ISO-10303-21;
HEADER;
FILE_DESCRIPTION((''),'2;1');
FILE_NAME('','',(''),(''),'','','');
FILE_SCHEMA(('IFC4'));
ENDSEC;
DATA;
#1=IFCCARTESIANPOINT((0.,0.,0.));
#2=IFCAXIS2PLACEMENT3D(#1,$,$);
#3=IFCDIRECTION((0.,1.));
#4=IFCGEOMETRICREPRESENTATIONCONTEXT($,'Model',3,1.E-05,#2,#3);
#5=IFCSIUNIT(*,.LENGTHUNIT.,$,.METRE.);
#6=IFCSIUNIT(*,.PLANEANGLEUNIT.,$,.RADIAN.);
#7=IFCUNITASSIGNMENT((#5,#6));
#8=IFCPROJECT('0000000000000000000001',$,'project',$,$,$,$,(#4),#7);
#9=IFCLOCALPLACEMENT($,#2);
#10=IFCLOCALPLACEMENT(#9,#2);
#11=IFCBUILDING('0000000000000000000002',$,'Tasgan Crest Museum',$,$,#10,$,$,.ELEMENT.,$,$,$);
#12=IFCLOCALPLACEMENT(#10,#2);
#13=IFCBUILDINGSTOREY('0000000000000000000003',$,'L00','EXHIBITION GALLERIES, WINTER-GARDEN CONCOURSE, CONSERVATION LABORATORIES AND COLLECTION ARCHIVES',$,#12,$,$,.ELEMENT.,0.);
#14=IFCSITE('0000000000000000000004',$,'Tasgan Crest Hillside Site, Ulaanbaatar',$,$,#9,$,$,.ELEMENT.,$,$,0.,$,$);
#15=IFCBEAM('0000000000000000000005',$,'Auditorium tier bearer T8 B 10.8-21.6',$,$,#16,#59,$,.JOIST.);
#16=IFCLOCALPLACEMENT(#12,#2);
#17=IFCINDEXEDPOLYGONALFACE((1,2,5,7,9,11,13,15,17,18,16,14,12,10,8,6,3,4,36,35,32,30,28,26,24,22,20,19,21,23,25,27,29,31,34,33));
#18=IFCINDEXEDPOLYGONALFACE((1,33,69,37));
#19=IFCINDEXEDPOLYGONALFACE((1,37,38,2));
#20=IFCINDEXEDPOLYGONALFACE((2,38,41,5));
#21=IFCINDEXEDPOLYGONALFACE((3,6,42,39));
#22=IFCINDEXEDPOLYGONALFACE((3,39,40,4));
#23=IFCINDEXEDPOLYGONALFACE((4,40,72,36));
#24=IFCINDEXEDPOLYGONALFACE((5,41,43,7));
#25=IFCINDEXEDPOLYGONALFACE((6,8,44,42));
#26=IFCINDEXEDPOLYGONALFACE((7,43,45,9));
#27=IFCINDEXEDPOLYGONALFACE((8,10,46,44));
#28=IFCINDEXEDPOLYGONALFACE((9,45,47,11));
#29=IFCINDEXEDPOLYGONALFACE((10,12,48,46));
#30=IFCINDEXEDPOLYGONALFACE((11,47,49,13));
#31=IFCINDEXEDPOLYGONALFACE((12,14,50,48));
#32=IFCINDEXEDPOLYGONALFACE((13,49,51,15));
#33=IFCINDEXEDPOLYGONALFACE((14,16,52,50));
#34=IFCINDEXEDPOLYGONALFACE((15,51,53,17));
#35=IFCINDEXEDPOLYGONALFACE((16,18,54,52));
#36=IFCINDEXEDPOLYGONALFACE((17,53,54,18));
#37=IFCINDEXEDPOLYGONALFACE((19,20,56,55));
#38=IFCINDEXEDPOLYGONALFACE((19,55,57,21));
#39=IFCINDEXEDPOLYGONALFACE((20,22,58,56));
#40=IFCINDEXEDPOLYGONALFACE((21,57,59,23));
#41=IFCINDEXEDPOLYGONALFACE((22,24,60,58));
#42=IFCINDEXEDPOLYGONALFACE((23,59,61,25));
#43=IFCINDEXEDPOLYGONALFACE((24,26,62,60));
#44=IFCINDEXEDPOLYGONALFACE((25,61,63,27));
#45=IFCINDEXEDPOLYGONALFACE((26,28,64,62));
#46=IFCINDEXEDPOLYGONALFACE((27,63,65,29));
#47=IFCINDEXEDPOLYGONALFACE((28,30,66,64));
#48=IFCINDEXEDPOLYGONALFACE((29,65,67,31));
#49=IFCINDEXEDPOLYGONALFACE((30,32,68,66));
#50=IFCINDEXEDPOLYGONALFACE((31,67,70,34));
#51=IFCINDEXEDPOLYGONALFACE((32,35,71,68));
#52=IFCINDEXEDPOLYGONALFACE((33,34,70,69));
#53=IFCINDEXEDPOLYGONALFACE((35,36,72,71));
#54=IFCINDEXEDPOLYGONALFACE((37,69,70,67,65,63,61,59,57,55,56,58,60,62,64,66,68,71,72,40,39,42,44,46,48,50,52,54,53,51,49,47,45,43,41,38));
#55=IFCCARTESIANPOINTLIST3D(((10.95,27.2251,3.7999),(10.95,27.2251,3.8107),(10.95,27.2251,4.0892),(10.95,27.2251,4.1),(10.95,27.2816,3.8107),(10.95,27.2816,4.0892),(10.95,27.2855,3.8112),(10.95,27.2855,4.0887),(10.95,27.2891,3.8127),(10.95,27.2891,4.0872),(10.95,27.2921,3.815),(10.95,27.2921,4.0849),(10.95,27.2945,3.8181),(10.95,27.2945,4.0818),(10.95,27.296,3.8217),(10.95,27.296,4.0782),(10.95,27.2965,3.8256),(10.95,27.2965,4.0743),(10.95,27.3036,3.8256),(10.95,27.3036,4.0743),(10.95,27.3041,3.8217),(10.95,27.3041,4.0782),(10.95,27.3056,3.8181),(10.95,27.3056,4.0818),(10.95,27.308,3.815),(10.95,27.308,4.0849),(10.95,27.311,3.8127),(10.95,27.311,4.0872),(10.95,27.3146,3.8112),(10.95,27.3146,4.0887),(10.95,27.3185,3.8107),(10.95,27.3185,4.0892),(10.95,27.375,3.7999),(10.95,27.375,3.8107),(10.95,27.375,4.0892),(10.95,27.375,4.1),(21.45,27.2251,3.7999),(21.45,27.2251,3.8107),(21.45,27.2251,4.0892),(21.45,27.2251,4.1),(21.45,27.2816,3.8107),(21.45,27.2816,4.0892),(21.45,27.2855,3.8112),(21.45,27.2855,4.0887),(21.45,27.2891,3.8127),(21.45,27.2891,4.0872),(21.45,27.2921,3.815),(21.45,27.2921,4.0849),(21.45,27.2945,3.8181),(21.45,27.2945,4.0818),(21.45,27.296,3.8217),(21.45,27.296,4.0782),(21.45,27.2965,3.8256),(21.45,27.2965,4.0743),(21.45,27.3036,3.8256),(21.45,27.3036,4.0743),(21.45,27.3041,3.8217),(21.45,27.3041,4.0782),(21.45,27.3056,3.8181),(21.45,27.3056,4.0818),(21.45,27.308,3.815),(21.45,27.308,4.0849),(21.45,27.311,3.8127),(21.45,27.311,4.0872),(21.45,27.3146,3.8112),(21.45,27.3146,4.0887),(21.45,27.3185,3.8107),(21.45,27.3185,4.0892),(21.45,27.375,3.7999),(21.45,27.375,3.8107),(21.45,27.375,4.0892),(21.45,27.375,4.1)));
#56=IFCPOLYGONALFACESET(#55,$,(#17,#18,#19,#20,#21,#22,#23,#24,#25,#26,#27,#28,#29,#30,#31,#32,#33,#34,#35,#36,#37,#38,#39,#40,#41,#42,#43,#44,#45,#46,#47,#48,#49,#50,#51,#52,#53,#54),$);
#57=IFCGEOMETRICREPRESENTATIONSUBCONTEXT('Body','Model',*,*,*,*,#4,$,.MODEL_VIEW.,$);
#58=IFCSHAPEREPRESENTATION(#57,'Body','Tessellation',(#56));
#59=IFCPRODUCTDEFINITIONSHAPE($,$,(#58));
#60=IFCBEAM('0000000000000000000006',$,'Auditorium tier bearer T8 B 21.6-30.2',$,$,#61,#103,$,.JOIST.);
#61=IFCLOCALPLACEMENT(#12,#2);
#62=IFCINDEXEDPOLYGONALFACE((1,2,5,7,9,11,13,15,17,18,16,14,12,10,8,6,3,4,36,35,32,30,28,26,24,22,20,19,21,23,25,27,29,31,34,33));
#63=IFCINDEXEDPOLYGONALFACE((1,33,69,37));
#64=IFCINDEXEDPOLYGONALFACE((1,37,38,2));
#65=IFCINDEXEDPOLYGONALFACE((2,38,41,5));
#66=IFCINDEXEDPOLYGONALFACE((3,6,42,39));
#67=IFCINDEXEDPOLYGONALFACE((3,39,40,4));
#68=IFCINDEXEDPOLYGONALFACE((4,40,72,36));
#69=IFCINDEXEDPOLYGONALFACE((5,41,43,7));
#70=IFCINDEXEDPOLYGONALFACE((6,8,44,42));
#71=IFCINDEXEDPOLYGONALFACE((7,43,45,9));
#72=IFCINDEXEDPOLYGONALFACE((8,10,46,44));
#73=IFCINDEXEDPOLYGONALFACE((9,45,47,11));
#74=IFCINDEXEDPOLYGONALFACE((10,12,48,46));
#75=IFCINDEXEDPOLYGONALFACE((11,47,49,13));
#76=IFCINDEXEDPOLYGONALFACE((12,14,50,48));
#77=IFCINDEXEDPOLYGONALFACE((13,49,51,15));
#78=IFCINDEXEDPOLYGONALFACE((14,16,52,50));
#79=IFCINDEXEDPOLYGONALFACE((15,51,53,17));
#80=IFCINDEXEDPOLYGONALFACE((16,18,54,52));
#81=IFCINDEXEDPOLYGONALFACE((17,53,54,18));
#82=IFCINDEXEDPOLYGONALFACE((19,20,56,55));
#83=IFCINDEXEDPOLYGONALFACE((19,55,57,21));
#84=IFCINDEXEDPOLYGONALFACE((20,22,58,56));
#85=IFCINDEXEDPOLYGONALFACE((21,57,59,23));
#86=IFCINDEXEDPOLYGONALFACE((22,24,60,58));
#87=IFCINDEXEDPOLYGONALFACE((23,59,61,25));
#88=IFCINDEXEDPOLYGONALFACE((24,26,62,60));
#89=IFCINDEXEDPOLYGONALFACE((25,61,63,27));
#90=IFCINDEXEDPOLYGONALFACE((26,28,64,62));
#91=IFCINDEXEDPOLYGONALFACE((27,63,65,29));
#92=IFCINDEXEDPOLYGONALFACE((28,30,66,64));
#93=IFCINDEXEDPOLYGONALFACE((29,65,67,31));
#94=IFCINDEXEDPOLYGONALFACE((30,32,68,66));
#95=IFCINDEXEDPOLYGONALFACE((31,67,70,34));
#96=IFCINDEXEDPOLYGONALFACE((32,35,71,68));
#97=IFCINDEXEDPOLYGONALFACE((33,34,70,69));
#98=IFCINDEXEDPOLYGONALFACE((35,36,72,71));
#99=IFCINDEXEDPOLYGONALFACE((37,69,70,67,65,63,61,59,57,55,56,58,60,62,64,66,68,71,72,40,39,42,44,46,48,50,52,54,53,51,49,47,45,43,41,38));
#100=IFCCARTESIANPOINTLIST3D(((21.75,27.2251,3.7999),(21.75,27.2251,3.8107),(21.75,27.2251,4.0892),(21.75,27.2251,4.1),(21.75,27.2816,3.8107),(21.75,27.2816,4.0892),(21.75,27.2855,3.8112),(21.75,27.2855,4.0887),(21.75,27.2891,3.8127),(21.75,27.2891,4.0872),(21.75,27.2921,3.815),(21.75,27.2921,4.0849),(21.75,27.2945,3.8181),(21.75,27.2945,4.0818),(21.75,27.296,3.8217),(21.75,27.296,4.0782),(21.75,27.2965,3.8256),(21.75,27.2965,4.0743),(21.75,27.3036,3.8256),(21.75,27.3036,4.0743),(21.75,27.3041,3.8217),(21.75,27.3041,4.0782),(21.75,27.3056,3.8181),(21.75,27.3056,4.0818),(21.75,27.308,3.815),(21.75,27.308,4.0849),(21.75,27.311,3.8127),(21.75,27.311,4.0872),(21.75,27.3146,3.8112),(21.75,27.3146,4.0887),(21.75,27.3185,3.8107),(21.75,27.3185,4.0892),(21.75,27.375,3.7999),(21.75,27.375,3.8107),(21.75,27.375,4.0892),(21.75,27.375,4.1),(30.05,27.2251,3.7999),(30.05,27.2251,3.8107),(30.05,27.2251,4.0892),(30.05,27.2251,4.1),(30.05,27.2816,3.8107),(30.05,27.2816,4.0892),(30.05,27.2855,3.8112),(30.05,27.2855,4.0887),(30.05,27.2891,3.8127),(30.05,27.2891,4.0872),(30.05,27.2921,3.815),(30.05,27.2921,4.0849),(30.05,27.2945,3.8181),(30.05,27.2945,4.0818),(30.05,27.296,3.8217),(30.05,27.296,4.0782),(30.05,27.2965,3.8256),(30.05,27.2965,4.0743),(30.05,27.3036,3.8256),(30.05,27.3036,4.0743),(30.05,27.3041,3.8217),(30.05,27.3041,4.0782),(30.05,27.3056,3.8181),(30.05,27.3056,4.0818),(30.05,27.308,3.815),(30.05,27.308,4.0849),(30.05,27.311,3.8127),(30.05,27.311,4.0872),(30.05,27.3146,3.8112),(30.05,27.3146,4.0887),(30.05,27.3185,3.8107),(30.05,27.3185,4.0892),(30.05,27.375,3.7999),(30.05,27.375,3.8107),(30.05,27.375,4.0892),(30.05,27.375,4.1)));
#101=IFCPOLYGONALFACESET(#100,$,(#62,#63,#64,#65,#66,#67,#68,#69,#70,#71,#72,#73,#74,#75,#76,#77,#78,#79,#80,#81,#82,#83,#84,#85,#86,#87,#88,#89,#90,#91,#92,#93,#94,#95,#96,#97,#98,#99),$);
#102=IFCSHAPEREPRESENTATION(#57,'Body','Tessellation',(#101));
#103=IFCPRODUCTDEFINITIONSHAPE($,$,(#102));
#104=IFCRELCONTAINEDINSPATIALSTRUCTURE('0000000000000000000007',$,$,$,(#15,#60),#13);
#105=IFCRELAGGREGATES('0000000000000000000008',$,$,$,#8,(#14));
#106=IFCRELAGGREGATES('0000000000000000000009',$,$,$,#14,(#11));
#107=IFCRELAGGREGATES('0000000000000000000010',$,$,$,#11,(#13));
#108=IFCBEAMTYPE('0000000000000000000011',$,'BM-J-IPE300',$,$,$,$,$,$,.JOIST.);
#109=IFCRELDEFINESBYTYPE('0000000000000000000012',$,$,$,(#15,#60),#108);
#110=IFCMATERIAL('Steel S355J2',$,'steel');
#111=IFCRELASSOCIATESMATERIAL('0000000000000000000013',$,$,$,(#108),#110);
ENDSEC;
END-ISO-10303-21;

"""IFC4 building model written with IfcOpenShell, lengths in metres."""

from ifc_helpers import new_model, si_unit, direction, frame, origin, origin_2d, place, context, subcontext, project, spatial, i_section, extrude, material, material_profile, profile_set, type_object, element, save


model = new_model("IFC4")

# Units and contexts
model_context = context("Model", 3, precision=1e-05, world=origin(), true_north=direction((0.0, 1.0)))
body_context = subcontext(model_context, "Body", "Model", "MODEL_VIEW")
ifc_project = project(units=[si_unit("LENGTHUNIT", "METRE"), si_unit("PLANEANGLEUNIT", "RADIAN")], contexts=[model_context])

# Site, building, storey
site_placement = place(None, origin())
site = spatial("IfcSite", under=ifc_project, at=site_placement, Name="Tasgan Crest Hillside Site, Ulaanbaatar", CompositionType="ELEMENT", RefElevation=0.0)
building_placement = place(site_placement, origin())
building = spatial("IfcBuilding", under=site, at=building_placement, Name="Tasgan Crest Museum", CompositionType="ELEMENT")
storey_placement = place(building_placement, origin())
storey = spatial("IfcBuildingStorey", under=building, at=storey_placement, Name="L00", Description="EXHIBITION GALLERIES, WINTER-GARDEN CONCOURSE, CONSERVATION LABORATORIES AND COLLECTION ARCHIVES", CompositionType="ELEMENT", Elevation=0.0)

# Beams
ifc_material_1 = material(Name="Steel S355J2", Category="steel")
ifc_material_profile_1 = material_profile(ifc_material_1, i_section(OverallWidth=0.1499, OverallDepth=0.3, WebThickness=0.0071, FlangeThickness=0.0107, FilletRadius=0.0149, at=origin_2d()), Name="IPE 300")
ifc_profile_set_1 = profile_set([ifc_material_profile_1], Name="Steel S355J2")
beam_type = type_object("IfcBeamType", Name="BM-J-IPE300", PredefinedType="JOIST", material=ifc_profile_set_1)
beam_1_placement = place(storey_placement, frame((10.95, 27.3, 3.95), z_axis=(1.0, 0.0, 0.0), x_axis=(0.0, 1.0, 0.0)))
element("IfcBeam", 1, at=beam_1_placement, inside=storey, type_object=beam_type, Name="Auditorium tier bearer T8 B 10.8-21.6", PredefinedType="JOIST", context=body_context, shape_type="SweptSolid", body=[
    extrude(i_section(OverallWidth=0.1499, OverallDepth=0.3, WebThickness=0.0071, FlangeThickness=0.0107, FilletRadius=0.0149, at=origin_2d()), origin(), (0.0, 0.0, 1.0), 10.5),
])
beam_2_placement = place(storey_placement, frame((21.75, 27.3, 3.95), z_axis=(1.0, 0.0, 0.0), x_axis=(0.0, 1.0, 0.0)))
element("IfcBeam", 2, at=beam_2_placement, inside=storey, type_object=beam_type, Name="Auditorium tier bearer T8 B 21.6-30.2", PredefinedType="JOIST", context=body_context, shape_type="SweptSolid", body=[
    extrude(i_section(OverallWidth=0.1499, OverallDepth=0.3, WebThickness=0.0071, FlangeThickness=0.0107, FilletRadius=0.0149, at=origin_2d()), origin(), (0.0, 0.0, 1.0), 8.3),
])

save(model, "model.ifc")
